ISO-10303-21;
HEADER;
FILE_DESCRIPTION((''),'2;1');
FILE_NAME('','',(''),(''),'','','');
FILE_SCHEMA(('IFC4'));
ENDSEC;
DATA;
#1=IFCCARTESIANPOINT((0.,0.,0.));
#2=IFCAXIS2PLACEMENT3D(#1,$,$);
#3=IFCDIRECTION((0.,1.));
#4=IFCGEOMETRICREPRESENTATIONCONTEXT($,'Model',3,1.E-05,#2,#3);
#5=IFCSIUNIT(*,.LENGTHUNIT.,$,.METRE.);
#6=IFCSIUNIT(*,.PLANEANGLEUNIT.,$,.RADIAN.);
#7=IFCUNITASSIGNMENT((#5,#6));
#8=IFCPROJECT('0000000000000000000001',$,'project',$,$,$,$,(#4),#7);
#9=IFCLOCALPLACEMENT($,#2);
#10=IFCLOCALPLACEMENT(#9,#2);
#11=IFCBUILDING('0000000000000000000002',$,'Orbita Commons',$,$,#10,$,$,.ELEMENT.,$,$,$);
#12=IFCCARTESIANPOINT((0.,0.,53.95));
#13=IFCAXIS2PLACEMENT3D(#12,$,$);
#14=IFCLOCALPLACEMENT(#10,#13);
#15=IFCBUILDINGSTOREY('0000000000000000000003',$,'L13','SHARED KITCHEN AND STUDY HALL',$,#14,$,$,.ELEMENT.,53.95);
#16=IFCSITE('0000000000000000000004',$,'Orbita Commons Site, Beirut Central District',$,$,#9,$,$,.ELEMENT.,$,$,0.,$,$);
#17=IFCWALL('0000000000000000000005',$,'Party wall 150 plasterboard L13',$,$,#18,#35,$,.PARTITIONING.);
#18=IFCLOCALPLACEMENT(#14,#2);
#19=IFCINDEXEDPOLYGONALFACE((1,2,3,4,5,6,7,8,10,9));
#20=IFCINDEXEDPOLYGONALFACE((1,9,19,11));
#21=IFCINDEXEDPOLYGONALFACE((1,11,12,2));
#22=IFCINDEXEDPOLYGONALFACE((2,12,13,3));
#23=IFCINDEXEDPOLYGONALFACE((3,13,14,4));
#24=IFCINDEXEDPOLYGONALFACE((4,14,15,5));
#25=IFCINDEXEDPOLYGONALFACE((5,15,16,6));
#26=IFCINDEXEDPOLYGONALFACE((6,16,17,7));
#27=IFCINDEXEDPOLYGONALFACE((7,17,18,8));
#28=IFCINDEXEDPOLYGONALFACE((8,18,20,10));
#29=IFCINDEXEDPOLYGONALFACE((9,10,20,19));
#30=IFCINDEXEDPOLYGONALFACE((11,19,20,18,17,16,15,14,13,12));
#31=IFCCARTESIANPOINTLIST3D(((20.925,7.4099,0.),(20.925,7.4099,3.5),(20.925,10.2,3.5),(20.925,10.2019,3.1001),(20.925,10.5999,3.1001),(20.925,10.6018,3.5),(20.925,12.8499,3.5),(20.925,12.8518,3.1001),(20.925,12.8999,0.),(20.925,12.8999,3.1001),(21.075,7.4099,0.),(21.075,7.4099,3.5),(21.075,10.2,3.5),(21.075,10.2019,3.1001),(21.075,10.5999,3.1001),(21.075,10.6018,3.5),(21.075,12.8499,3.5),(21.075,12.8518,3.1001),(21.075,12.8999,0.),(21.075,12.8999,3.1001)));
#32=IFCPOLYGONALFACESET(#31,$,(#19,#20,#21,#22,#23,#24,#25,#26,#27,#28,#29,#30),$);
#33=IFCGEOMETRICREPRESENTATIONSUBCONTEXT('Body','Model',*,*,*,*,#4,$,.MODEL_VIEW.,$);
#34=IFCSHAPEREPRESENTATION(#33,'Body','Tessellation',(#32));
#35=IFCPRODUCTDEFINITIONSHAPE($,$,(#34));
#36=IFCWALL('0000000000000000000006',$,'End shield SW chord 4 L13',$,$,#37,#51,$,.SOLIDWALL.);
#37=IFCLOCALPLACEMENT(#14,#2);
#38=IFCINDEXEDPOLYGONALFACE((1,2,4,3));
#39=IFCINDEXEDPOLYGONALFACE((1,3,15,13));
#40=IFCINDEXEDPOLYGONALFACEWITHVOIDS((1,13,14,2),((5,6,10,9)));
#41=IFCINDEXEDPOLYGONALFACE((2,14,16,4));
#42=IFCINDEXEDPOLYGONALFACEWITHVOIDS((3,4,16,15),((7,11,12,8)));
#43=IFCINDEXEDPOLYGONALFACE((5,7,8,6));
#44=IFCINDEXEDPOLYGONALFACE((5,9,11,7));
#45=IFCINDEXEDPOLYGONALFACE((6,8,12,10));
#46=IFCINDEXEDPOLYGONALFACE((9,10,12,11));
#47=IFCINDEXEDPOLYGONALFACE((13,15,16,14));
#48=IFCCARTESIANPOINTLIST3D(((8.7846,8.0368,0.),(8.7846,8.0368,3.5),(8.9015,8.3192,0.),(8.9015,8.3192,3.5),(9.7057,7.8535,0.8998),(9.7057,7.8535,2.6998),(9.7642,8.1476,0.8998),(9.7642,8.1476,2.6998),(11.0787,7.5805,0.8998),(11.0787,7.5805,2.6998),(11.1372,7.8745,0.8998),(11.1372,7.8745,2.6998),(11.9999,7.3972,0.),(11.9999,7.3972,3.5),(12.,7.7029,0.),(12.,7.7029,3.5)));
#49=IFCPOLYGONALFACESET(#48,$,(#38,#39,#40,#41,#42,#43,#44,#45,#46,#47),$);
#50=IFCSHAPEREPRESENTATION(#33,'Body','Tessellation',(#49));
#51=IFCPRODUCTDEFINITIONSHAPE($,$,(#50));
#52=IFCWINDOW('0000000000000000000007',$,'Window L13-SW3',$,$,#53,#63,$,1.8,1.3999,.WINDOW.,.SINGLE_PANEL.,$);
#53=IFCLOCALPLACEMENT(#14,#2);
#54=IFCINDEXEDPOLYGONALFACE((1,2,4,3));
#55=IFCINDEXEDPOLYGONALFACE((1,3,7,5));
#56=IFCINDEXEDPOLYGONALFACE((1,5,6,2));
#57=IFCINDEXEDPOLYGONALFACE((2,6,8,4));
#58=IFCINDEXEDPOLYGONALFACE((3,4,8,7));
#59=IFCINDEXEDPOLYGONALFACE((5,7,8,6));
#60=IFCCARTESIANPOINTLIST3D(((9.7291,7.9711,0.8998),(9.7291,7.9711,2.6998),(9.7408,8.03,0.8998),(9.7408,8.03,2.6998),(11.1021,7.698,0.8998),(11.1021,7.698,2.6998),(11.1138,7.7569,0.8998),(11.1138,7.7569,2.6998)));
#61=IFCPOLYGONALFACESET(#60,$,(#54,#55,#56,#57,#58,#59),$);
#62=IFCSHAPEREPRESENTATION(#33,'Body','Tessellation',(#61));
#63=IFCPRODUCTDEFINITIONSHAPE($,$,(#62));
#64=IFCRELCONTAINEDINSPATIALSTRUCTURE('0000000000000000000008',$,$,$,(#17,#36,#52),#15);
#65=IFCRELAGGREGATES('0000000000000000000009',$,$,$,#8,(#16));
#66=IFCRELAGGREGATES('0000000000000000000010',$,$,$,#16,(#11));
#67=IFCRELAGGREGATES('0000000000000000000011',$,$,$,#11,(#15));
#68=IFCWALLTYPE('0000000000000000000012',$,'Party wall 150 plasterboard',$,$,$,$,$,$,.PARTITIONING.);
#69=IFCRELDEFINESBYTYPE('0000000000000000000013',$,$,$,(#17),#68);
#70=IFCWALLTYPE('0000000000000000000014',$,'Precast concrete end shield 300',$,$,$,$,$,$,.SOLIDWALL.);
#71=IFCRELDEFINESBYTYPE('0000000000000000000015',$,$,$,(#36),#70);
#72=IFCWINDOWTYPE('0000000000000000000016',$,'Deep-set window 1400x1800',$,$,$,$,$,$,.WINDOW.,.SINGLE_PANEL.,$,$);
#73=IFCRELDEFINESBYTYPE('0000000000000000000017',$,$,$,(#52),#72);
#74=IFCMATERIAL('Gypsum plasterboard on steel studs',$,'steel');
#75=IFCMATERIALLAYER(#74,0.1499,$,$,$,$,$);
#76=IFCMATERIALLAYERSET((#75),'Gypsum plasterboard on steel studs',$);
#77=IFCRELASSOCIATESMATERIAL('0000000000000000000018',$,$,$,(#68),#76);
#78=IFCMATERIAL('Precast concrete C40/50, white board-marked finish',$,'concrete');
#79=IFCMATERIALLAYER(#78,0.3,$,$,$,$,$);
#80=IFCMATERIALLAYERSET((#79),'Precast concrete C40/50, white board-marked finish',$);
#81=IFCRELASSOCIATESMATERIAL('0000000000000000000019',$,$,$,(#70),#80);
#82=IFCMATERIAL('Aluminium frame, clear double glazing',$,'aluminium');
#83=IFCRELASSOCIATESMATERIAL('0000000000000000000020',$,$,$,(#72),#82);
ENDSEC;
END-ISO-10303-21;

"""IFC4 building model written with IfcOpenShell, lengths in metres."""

from ifc_helpers import new_model, si_unit, direction, frame, frame_2d, origin, place, context, subcontext, project, spatial, polyline, rectangle, outline, extrude, material, layer, layer_set, type_object, element, fill, save


model = new_model("IFC4")

# Units and contexts
model_context = context("Model", 3, precision=1e-05, world=origin(), true_north=direction((0.0, 1.0)))
body_context = subcontext(model_context, "Body", "Model", "MODEL_VIEW")
ifc_project = project(units=[si_unit("LENGTHUNIT", "METRE"), si_unit("PLANEANGLEUNIT", "RADIAN")], contexts=[model_context])

# Site, building, storey
site_placement = place(None, origin())
site = spatial("IfcSite", under=ifc_project, at=site_placement, Name="Orbita Commons Site, Beirut Central District", CompositionType="ELEMENT", RefElevation=0.0)
building_placement = place(site_placement, origin())
building = spatial("IfcBuilding", under=site, at=building_placement, Name="Orbita Commons", CompositionType="ELEMENT")
storey_placement = place(building_placement, frame((0.0, 0.0, 53.95)))
storey = spatial("IfcBuildingStorey", under=building, at=storey_placement, Name="L13", Description="SHARED KITCHEN AND STUDY HALL", CompositionType="ELEMENT", Elevation=53.95)

# Wall
ifc_material_1 = material(Name="Gypsum plasterboard on steel studs", Category="steel")
ifc_layer_1 = layer(ifc_material_1, 0.1499)
ifc_layer_set_1 = layer_set([ifc_layer_1], Name="Gypsum plasterboard on steel studs")
wall_type_1 = type_object("IfcWallType", Name="Party wall 150 plasterboard", PredefinedType="PARTITIONING", material=ifc_layer_set_1)
wall_1_placement = place(storey_placement, frame((21.0, 7.4099, 0.0), z_axis=(0.0, 0.0, 1.0), x_axis=(0.0, 1.0, 0.0)))
element("IfcWall", 1, at=wall_1_placement, inside=storey, type_object=wall_type_1, Name="Party wall 150 plasterboard L13", PredefinedType="PARTITIONING", context=body_context, shape_type="SweptSolid", body=[
    extrude(outline(polyline([(0.0, 0.0), (5.49, 0.0), (5.49, 3.1001), (5.4419, 3.1001), (5.4399, 3.5), (3.1919, 3.5), (3.1899, 3.1001), (2.792, 3.1001), (2.79, 3.5), (0.0, 3.5), (0.0, 0.0)])), frame((0.0, 0.075, 0.0), z_axis=(0.0, -1.0, 0.0), x_axis=(1.0, 0.0, 0.0)), (0.0, 0.0, 1.0), 0.1499),
])

# Wall, opening, window
ifc_material_2 = material(Name="Precast concrete C40/50, white board-marked finish", Category="concrete")
ifc_layer_2 = layer(ifc_material_2, 0.3)
ifc_layer_set_2 = layer_set([ifc_layer_2], Name="Precast concrete C40/50, white board-marked finish")
wall_type_2 = type_object("IfcWallType", Name="Precast concrete end shield 300", PredefinedType="SOLIDWALL", material=ifc_layer_set_2)
wall_2_placement = place(storey_placement, frame((8.843, 8.178, 0.0), z_axis=(0.0, 0.0, 1.0), x_axis=(0.980787, -0.19508, 0.0)))
wall_2 = element("IfcWall", 2, at=wall_2_placement, inside=storey, type_object=wall_type_2, Name="End shield SW chord 4 L13", PredefinedType="SOLIDWALL", context=body_context, shape_type="SweptSolid", body=[
    extrude(outline(polyline([(-0.0298, -0.1499), (3.2485, -0.1499), (3.189, 0.1499), (0.0298, 0.1499), (-0.0298, -0.1499)])), origin(), (0.0, 0.0, 1.0), 3.5),
])
opening_1_placement = place(wall_2_placement, frame((0.9094, 0.0, 0.8999)))
opening_1 = element("IfcOpeningElement", 3, at=opening_1_placement, cuts=wall_2, PredefinedType="OPENING", context=body_context, shape_type="SweptSolid", body=[
    extrude(rectangle(XDim=1.3999, YDim=1.8, at=frame_2d((0.7, 0.8999))), frame((0.0, 0.1599, 0.0), z_axis=(0.0, -1.0, 0.0), x_axis=(1.0, 0.0, 0.0)), (0.0, 0.0, 1.0), 0.3201),
])
ifc_material_3 = material(Name="Aluminium frame, clear double glazing", Category="aluminium")
window_type = type_object("IfcWindowType", Name="Deep-set window 1400x1800", PartitioningType="SINGLE_PANEL", PredefinedType="WINDOW", material=ifc_material_3)
window_placement = place(opening_1_placement, origin())
window = element("IfcWindow", 4, at=window_placement, inside=storey, type_object=window_type, Name="Window L13-SW3", OverallHeight=1.8, OverallWidth=1.3999, PartitioningType="SINGLE_PANEL", PredefinedType="WINDOW", context=body_context, shape_type="SweptSolid", body=[
    extrude(rectangle(XDim=1.3999, YDim=1.8, at=frame_2d((0.7, 0.8999))), frame((0.0, 0.03, 0.0), z_axis=(0.0, -1.0, 0.0), x_axis=(1.0, 0.0, 0.0)), (0.0, 0.0, 1.0), 0.0601),
])
fill(opening_1, window)

save(model, "model.ifc")
